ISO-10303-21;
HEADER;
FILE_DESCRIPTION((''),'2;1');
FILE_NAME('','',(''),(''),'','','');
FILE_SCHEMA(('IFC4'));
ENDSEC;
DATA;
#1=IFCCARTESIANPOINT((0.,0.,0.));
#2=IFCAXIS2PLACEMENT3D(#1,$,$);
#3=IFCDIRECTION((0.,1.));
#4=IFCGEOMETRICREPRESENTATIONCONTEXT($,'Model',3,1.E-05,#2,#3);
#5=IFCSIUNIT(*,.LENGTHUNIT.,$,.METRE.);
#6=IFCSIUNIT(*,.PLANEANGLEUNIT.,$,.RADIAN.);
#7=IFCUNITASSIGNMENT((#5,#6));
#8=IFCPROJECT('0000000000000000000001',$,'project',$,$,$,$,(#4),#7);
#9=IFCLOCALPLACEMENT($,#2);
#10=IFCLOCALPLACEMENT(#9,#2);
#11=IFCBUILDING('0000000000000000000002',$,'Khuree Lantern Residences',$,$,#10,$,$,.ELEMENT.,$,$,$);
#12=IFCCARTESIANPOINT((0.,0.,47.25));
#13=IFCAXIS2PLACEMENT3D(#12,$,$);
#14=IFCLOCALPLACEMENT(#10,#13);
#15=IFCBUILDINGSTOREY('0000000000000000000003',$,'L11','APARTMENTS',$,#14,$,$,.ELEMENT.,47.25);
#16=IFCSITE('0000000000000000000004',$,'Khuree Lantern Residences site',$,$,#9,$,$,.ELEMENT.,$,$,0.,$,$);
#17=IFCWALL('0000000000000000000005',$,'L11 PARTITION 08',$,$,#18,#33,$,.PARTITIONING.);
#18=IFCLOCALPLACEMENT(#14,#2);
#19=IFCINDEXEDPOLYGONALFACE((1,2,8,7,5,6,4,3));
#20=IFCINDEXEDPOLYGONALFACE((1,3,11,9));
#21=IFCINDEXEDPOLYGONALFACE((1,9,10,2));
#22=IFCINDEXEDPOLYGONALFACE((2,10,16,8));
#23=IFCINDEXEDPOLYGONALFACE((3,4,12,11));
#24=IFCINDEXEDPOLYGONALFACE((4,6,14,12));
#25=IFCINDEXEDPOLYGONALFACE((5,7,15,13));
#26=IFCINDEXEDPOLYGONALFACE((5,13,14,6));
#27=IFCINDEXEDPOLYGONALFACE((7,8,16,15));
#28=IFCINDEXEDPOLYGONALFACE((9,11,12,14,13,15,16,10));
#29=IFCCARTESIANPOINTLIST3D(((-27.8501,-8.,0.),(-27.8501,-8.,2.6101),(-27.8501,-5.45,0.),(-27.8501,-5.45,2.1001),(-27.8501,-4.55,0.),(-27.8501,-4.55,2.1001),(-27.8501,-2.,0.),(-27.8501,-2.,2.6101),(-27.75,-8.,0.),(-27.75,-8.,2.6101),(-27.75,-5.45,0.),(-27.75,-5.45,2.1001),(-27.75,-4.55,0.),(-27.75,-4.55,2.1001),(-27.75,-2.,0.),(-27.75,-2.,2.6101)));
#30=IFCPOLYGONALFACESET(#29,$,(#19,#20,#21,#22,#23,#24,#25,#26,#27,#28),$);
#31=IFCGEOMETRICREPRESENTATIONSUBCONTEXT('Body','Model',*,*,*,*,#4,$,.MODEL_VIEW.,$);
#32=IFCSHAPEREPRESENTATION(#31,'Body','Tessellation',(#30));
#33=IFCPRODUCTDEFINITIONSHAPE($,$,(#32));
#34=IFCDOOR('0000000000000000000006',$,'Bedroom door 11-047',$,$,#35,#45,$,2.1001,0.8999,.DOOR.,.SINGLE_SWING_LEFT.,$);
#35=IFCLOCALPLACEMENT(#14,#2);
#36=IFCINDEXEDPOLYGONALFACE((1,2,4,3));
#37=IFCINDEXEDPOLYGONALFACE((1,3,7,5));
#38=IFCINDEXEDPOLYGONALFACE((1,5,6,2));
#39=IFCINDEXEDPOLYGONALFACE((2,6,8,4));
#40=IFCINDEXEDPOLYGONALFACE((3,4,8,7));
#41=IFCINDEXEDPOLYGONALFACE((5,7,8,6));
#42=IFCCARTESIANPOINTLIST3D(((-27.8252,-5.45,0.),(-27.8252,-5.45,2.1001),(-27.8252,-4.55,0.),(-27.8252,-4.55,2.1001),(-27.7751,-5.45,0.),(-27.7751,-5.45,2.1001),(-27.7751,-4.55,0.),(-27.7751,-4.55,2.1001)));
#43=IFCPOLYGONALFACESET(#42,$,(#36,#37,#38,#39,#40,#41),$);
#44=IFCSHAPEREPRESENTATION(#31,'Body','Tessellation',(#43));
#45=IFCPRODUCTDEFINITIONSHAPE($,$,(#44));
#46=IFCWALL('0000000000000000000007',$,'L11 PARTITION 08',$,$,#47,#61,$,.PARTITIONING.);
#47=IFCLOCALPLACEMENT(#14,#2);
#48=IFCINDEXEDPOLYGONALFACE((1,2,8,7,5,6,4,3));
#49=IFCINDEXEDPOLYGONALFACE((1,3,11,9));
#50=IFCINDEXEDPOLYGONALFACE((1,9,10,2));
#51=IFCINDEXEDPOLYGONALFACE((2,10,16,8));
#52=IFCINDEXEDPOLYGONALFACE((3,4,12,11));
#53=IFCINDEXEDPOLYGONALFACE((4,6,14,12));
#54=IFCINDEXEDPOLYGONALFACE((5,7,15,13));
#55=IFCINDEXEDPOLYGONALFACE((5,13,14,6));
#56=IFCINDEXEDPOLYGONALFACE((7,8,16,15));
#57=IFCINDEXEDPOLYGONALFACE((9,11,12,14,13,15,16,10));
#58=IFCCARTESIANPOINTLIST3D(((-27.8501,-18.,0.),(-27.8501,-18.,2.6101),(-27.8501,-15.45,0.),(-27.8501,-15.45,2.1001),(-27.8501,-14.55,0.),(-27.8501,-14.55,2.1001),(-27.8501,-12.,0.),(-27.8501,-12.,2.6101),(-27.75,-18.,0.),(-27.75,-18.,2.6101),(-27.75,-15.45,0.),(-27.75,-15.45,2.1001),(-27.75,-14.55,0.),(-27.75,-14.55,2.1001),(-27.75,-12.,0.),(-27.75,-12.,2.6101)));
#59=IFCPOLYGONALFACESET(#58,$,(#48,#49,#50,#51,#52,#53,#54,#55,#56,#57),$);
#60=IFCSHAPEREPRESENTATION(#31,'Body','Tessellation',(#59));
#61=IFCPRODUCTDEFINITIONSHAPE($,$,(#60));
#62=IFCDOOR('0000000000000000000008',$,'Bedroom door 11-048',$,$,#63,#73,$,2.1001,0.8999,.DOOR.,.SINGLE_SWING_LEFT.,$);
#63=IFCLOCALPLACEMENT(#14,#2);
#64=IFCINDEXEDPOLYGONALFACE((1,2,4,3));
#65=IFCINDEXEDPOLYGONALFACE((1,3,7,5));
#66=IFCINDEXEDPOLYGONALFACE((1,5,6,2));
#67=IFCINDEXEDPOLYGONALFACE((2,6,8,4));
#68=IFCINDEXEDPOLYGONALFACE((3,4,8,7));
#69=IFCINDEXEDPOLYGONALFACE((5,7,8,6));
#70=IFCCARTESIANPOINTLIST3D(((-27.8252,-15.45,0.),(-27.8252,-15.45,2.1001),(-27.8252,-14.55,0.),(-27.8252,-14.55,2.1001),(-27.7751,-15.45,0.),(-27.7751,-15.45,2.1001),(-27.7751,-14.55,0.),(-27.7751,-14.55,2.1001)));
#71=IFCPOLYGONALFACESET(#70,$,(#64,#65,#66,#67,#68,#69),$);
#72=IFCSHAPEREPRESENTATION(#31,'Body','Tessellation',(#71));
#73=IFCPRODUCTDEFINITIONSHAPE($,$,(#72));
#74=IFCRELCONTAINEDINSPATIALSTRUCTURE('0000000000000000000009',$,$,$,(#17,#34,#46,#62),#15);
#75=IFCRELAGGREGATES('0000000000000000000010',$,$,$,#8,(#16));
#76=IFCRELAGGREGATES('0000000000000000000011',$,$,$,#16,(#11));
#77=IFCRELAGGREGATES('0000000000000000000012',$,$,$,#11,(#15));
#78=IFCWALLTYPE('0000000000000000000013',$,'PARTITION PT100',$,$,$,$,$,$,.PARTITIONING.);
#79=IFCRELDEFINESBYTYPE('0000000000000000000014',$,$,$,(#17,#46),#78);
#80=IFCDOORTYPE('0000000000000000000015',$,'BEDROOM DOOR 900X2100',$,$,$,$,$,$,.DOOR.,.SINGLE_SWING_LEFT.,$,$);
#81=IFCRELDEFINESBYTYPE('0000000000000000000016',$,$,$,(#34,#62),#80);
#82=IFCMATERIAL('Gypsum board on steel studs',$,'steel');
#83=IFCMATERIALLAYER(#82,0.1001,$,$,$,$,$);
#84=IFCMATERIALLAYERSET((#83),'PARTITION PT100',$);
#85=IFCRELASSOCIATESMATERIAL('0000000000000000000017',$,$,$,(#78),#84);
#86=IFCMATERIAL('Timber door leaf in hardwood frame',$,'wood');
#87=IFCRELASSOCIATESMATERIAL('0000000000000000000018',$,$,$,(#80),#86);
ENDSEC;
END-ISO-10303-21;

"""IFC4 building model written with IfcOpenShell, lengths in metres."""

from ifc_helpers import new_model, si_unit, direction, frame, frame_2d, origin, place, context, subcontext, project, spatial, rectangle, extrude, material, layer, layer_set, type_object, element, fill, save


model = new_model("IFC4")

# Units and contexts
model_context = context("Model", 3, precision=1e-05, world=origin(), true_north=direction((0.0, 1.0)))
body_context = subcontext(model_context, "Body", "Model", "MODEL_VIEW")
ifc_project = project(units=[si_unit("LENGTHUNIT", "METRE"), si_unit("PLANEANGLEUNIT", "RADIAN")], contexts=[model_context])

# Site, building, storey
site_placement = place(None, origin())
site = spatial("IfcSite", under=ifc_project, at=site_placement, Name="Khuree Lantern Residences site", CompositionType="ELEMENT", RefElevation=0.0)
building_placement = place(site_placement, origin())
building = spatial("IfcBuilding", under=site, at=building_placement, Name="Khuree Lantern Residences", CompositionType="ELEMENT")
storey_placement = place(building_placement, frame((0.0, 0.0, 47.25)))
storey = spatial("IfcBuildingStorey", under=building, at=storey_placement, Name="L11", Description="APARTMENTS", CompositionType="ELEMENT", Elevation=47.25)

# Shared definitions
ifc_material_1 = material(Name="Timber door leaf in hardwood frame", Category="wood")

# Shared definitions
ifc_material_2 = material(Name="Gypsum board on steel studs", Category="steel")
ifc_layer_1 = layer(ifc_material_2, 0.1001)
ifc_layer_set_1 = layer_set([ifc_layer_1], Name="PARTITION PT100")
wall_type_1 = type_object("IfcWallType", Name="PARTITION PT100", PredefinedType="PARTITIONING", material=ifc_layer_set_1)

# Walls, openings, doors
wall_1_placement = place(storey_placement, frame((-27.8, -2.0, 0.0), z_axis=(0.0, 0.0, 1.0), x_axis=(0.0, -1.0, 0.0)))
wall_1 = element("IfcWall", 1, at=wall_1_placement, inside=storey, type_object=wall_type_1, Name="L11 PARTITION 08", PredefinedType="PARTITIONING", context=body_context, shape_type="SweptSolid", body=[
    extrude(rectangle(XDim=6.0, YDim=0.1001, at=frame_2d((3.0, 0.0))), origin(), (0.0, 0.0, 1.0), 2.6101),
])
opening_1_placement = place(wall_1_placement, frame((2.55, 0.0, 0.0)))
opening_1 = element("IfcOpeningElement", 2, at=opening_1_placement, cuts=wall_1, PredefinedType="OPENING", context=body_context, shape_type="SweptSolid", body=[
    extrude(rectangle(XDim=0.8999, YDim=2.1001, at=frame_2d((0.45, 1.05))), frame((0.0, 0.0601, 0.0), z_axis=(0.0, -1.0, 0.0), x_axis=(1.0, 0.0, 0.0)), (0.0, 0.0, 1.0), 0.1201),
])
door_type_1 = type_object("IfcDoorType", Name="BEDROOM DOOR 900X2100", OperationType="SINGLE_SWING_LEFT", PredefinedType="DOOR", material=ifc_material_1)
door_1_placement = place(opening_1_placement, origin())
door_1 = element("IfcDoor", 3, at=door_1_placement, inside=storey, type_object=door_type_1, Name="Bedroom door 11-047", OperationType="SINGLE_SWING_LEFT", OverallHeight=2.1001, OverallWidth=0.8999, PredefinedType="DOOR", context=body_context, shape_type="SweptSolid", body=[
    extrude(rectangle(XDim=0.8999, YDim=2.1001, at=frame_2d((0.45, 1.05))), frame((0.0, 0.0249, 0.0), z_axis=(0.0, -1.0, 0.0), x_axis=(1.0, 0.0, 0.0)), (0.0, 0.0, 1.0), 0.05),
])
fill(opening_1, door_1)
wall_2_placement = place(storey_placement, frame((-27.8, -12.0, 0.0), z_axis=(0.0, 0.0, 1.0), x_axis=(0.0, -1.0, 0.0)))
wall_2 = element("IfcWall", 4, at=wall_2_placement, inside=storey, type_object=wall_type_1, Name="L11 PARTITION 08", PredefinedType="PARTITIONING", context=body_context, shape_type="SweptSolid", body=[
    extrude(rectangle(XDim=6.0, YDim=0.1001, at=frame_2d((3.0, 0.0))), origin(), (0.0, 0.0, 1.0), 2.6101),
])
opening_2_placement = place(wall_2_placement, frame((2.55, 0.0, 0.0)))
opening_2 = element("IfcOpeningElement", 5, at=opening_2_placement, cuts=wall_2, PredefinedType="OPENING", context=body_context, shape_type="SweptSolid", body=[
    extrude(rectangle(XDim=0.8999, YDim=2.1001, at=frame_2d((0.45, 1.05))), frame((0.0, 0.0601, 0.0), z_axis=(0.0, -1.0, 0.0), x_axis=(1.0, 0.0, 0.0)), (0.0, 0.0, 1.0), 0.1201),
])
door_2_placement = place(opening_2_placement, origin())
door_2 = element("IfcDoor", 6, at=door_2_placement, inside=storey, type_object=door_type_1, Name="Bedroom door 11-048", OperationType="SINGLE_SWING_LEFT", OverallHeight=2.1001, OverallWidth=0.8999, PredefinedType="DOOR", context=body_context, shape_type="SweptSolid", body=[
    extrude(rectangle(XDim=0.8999, YDim=2.1001, at=frame_2d((0.45, 1.05))), frame((0.0, 0.0249, 0.0), z_axis=(0.0, -1.0, 0.0), x_axis=(1.0, 0.0, 0.0)), (0.0, 0.0, 1.0), 0.05),
])
fill(opening_2, door_2)

save(model, "model.ifc")
